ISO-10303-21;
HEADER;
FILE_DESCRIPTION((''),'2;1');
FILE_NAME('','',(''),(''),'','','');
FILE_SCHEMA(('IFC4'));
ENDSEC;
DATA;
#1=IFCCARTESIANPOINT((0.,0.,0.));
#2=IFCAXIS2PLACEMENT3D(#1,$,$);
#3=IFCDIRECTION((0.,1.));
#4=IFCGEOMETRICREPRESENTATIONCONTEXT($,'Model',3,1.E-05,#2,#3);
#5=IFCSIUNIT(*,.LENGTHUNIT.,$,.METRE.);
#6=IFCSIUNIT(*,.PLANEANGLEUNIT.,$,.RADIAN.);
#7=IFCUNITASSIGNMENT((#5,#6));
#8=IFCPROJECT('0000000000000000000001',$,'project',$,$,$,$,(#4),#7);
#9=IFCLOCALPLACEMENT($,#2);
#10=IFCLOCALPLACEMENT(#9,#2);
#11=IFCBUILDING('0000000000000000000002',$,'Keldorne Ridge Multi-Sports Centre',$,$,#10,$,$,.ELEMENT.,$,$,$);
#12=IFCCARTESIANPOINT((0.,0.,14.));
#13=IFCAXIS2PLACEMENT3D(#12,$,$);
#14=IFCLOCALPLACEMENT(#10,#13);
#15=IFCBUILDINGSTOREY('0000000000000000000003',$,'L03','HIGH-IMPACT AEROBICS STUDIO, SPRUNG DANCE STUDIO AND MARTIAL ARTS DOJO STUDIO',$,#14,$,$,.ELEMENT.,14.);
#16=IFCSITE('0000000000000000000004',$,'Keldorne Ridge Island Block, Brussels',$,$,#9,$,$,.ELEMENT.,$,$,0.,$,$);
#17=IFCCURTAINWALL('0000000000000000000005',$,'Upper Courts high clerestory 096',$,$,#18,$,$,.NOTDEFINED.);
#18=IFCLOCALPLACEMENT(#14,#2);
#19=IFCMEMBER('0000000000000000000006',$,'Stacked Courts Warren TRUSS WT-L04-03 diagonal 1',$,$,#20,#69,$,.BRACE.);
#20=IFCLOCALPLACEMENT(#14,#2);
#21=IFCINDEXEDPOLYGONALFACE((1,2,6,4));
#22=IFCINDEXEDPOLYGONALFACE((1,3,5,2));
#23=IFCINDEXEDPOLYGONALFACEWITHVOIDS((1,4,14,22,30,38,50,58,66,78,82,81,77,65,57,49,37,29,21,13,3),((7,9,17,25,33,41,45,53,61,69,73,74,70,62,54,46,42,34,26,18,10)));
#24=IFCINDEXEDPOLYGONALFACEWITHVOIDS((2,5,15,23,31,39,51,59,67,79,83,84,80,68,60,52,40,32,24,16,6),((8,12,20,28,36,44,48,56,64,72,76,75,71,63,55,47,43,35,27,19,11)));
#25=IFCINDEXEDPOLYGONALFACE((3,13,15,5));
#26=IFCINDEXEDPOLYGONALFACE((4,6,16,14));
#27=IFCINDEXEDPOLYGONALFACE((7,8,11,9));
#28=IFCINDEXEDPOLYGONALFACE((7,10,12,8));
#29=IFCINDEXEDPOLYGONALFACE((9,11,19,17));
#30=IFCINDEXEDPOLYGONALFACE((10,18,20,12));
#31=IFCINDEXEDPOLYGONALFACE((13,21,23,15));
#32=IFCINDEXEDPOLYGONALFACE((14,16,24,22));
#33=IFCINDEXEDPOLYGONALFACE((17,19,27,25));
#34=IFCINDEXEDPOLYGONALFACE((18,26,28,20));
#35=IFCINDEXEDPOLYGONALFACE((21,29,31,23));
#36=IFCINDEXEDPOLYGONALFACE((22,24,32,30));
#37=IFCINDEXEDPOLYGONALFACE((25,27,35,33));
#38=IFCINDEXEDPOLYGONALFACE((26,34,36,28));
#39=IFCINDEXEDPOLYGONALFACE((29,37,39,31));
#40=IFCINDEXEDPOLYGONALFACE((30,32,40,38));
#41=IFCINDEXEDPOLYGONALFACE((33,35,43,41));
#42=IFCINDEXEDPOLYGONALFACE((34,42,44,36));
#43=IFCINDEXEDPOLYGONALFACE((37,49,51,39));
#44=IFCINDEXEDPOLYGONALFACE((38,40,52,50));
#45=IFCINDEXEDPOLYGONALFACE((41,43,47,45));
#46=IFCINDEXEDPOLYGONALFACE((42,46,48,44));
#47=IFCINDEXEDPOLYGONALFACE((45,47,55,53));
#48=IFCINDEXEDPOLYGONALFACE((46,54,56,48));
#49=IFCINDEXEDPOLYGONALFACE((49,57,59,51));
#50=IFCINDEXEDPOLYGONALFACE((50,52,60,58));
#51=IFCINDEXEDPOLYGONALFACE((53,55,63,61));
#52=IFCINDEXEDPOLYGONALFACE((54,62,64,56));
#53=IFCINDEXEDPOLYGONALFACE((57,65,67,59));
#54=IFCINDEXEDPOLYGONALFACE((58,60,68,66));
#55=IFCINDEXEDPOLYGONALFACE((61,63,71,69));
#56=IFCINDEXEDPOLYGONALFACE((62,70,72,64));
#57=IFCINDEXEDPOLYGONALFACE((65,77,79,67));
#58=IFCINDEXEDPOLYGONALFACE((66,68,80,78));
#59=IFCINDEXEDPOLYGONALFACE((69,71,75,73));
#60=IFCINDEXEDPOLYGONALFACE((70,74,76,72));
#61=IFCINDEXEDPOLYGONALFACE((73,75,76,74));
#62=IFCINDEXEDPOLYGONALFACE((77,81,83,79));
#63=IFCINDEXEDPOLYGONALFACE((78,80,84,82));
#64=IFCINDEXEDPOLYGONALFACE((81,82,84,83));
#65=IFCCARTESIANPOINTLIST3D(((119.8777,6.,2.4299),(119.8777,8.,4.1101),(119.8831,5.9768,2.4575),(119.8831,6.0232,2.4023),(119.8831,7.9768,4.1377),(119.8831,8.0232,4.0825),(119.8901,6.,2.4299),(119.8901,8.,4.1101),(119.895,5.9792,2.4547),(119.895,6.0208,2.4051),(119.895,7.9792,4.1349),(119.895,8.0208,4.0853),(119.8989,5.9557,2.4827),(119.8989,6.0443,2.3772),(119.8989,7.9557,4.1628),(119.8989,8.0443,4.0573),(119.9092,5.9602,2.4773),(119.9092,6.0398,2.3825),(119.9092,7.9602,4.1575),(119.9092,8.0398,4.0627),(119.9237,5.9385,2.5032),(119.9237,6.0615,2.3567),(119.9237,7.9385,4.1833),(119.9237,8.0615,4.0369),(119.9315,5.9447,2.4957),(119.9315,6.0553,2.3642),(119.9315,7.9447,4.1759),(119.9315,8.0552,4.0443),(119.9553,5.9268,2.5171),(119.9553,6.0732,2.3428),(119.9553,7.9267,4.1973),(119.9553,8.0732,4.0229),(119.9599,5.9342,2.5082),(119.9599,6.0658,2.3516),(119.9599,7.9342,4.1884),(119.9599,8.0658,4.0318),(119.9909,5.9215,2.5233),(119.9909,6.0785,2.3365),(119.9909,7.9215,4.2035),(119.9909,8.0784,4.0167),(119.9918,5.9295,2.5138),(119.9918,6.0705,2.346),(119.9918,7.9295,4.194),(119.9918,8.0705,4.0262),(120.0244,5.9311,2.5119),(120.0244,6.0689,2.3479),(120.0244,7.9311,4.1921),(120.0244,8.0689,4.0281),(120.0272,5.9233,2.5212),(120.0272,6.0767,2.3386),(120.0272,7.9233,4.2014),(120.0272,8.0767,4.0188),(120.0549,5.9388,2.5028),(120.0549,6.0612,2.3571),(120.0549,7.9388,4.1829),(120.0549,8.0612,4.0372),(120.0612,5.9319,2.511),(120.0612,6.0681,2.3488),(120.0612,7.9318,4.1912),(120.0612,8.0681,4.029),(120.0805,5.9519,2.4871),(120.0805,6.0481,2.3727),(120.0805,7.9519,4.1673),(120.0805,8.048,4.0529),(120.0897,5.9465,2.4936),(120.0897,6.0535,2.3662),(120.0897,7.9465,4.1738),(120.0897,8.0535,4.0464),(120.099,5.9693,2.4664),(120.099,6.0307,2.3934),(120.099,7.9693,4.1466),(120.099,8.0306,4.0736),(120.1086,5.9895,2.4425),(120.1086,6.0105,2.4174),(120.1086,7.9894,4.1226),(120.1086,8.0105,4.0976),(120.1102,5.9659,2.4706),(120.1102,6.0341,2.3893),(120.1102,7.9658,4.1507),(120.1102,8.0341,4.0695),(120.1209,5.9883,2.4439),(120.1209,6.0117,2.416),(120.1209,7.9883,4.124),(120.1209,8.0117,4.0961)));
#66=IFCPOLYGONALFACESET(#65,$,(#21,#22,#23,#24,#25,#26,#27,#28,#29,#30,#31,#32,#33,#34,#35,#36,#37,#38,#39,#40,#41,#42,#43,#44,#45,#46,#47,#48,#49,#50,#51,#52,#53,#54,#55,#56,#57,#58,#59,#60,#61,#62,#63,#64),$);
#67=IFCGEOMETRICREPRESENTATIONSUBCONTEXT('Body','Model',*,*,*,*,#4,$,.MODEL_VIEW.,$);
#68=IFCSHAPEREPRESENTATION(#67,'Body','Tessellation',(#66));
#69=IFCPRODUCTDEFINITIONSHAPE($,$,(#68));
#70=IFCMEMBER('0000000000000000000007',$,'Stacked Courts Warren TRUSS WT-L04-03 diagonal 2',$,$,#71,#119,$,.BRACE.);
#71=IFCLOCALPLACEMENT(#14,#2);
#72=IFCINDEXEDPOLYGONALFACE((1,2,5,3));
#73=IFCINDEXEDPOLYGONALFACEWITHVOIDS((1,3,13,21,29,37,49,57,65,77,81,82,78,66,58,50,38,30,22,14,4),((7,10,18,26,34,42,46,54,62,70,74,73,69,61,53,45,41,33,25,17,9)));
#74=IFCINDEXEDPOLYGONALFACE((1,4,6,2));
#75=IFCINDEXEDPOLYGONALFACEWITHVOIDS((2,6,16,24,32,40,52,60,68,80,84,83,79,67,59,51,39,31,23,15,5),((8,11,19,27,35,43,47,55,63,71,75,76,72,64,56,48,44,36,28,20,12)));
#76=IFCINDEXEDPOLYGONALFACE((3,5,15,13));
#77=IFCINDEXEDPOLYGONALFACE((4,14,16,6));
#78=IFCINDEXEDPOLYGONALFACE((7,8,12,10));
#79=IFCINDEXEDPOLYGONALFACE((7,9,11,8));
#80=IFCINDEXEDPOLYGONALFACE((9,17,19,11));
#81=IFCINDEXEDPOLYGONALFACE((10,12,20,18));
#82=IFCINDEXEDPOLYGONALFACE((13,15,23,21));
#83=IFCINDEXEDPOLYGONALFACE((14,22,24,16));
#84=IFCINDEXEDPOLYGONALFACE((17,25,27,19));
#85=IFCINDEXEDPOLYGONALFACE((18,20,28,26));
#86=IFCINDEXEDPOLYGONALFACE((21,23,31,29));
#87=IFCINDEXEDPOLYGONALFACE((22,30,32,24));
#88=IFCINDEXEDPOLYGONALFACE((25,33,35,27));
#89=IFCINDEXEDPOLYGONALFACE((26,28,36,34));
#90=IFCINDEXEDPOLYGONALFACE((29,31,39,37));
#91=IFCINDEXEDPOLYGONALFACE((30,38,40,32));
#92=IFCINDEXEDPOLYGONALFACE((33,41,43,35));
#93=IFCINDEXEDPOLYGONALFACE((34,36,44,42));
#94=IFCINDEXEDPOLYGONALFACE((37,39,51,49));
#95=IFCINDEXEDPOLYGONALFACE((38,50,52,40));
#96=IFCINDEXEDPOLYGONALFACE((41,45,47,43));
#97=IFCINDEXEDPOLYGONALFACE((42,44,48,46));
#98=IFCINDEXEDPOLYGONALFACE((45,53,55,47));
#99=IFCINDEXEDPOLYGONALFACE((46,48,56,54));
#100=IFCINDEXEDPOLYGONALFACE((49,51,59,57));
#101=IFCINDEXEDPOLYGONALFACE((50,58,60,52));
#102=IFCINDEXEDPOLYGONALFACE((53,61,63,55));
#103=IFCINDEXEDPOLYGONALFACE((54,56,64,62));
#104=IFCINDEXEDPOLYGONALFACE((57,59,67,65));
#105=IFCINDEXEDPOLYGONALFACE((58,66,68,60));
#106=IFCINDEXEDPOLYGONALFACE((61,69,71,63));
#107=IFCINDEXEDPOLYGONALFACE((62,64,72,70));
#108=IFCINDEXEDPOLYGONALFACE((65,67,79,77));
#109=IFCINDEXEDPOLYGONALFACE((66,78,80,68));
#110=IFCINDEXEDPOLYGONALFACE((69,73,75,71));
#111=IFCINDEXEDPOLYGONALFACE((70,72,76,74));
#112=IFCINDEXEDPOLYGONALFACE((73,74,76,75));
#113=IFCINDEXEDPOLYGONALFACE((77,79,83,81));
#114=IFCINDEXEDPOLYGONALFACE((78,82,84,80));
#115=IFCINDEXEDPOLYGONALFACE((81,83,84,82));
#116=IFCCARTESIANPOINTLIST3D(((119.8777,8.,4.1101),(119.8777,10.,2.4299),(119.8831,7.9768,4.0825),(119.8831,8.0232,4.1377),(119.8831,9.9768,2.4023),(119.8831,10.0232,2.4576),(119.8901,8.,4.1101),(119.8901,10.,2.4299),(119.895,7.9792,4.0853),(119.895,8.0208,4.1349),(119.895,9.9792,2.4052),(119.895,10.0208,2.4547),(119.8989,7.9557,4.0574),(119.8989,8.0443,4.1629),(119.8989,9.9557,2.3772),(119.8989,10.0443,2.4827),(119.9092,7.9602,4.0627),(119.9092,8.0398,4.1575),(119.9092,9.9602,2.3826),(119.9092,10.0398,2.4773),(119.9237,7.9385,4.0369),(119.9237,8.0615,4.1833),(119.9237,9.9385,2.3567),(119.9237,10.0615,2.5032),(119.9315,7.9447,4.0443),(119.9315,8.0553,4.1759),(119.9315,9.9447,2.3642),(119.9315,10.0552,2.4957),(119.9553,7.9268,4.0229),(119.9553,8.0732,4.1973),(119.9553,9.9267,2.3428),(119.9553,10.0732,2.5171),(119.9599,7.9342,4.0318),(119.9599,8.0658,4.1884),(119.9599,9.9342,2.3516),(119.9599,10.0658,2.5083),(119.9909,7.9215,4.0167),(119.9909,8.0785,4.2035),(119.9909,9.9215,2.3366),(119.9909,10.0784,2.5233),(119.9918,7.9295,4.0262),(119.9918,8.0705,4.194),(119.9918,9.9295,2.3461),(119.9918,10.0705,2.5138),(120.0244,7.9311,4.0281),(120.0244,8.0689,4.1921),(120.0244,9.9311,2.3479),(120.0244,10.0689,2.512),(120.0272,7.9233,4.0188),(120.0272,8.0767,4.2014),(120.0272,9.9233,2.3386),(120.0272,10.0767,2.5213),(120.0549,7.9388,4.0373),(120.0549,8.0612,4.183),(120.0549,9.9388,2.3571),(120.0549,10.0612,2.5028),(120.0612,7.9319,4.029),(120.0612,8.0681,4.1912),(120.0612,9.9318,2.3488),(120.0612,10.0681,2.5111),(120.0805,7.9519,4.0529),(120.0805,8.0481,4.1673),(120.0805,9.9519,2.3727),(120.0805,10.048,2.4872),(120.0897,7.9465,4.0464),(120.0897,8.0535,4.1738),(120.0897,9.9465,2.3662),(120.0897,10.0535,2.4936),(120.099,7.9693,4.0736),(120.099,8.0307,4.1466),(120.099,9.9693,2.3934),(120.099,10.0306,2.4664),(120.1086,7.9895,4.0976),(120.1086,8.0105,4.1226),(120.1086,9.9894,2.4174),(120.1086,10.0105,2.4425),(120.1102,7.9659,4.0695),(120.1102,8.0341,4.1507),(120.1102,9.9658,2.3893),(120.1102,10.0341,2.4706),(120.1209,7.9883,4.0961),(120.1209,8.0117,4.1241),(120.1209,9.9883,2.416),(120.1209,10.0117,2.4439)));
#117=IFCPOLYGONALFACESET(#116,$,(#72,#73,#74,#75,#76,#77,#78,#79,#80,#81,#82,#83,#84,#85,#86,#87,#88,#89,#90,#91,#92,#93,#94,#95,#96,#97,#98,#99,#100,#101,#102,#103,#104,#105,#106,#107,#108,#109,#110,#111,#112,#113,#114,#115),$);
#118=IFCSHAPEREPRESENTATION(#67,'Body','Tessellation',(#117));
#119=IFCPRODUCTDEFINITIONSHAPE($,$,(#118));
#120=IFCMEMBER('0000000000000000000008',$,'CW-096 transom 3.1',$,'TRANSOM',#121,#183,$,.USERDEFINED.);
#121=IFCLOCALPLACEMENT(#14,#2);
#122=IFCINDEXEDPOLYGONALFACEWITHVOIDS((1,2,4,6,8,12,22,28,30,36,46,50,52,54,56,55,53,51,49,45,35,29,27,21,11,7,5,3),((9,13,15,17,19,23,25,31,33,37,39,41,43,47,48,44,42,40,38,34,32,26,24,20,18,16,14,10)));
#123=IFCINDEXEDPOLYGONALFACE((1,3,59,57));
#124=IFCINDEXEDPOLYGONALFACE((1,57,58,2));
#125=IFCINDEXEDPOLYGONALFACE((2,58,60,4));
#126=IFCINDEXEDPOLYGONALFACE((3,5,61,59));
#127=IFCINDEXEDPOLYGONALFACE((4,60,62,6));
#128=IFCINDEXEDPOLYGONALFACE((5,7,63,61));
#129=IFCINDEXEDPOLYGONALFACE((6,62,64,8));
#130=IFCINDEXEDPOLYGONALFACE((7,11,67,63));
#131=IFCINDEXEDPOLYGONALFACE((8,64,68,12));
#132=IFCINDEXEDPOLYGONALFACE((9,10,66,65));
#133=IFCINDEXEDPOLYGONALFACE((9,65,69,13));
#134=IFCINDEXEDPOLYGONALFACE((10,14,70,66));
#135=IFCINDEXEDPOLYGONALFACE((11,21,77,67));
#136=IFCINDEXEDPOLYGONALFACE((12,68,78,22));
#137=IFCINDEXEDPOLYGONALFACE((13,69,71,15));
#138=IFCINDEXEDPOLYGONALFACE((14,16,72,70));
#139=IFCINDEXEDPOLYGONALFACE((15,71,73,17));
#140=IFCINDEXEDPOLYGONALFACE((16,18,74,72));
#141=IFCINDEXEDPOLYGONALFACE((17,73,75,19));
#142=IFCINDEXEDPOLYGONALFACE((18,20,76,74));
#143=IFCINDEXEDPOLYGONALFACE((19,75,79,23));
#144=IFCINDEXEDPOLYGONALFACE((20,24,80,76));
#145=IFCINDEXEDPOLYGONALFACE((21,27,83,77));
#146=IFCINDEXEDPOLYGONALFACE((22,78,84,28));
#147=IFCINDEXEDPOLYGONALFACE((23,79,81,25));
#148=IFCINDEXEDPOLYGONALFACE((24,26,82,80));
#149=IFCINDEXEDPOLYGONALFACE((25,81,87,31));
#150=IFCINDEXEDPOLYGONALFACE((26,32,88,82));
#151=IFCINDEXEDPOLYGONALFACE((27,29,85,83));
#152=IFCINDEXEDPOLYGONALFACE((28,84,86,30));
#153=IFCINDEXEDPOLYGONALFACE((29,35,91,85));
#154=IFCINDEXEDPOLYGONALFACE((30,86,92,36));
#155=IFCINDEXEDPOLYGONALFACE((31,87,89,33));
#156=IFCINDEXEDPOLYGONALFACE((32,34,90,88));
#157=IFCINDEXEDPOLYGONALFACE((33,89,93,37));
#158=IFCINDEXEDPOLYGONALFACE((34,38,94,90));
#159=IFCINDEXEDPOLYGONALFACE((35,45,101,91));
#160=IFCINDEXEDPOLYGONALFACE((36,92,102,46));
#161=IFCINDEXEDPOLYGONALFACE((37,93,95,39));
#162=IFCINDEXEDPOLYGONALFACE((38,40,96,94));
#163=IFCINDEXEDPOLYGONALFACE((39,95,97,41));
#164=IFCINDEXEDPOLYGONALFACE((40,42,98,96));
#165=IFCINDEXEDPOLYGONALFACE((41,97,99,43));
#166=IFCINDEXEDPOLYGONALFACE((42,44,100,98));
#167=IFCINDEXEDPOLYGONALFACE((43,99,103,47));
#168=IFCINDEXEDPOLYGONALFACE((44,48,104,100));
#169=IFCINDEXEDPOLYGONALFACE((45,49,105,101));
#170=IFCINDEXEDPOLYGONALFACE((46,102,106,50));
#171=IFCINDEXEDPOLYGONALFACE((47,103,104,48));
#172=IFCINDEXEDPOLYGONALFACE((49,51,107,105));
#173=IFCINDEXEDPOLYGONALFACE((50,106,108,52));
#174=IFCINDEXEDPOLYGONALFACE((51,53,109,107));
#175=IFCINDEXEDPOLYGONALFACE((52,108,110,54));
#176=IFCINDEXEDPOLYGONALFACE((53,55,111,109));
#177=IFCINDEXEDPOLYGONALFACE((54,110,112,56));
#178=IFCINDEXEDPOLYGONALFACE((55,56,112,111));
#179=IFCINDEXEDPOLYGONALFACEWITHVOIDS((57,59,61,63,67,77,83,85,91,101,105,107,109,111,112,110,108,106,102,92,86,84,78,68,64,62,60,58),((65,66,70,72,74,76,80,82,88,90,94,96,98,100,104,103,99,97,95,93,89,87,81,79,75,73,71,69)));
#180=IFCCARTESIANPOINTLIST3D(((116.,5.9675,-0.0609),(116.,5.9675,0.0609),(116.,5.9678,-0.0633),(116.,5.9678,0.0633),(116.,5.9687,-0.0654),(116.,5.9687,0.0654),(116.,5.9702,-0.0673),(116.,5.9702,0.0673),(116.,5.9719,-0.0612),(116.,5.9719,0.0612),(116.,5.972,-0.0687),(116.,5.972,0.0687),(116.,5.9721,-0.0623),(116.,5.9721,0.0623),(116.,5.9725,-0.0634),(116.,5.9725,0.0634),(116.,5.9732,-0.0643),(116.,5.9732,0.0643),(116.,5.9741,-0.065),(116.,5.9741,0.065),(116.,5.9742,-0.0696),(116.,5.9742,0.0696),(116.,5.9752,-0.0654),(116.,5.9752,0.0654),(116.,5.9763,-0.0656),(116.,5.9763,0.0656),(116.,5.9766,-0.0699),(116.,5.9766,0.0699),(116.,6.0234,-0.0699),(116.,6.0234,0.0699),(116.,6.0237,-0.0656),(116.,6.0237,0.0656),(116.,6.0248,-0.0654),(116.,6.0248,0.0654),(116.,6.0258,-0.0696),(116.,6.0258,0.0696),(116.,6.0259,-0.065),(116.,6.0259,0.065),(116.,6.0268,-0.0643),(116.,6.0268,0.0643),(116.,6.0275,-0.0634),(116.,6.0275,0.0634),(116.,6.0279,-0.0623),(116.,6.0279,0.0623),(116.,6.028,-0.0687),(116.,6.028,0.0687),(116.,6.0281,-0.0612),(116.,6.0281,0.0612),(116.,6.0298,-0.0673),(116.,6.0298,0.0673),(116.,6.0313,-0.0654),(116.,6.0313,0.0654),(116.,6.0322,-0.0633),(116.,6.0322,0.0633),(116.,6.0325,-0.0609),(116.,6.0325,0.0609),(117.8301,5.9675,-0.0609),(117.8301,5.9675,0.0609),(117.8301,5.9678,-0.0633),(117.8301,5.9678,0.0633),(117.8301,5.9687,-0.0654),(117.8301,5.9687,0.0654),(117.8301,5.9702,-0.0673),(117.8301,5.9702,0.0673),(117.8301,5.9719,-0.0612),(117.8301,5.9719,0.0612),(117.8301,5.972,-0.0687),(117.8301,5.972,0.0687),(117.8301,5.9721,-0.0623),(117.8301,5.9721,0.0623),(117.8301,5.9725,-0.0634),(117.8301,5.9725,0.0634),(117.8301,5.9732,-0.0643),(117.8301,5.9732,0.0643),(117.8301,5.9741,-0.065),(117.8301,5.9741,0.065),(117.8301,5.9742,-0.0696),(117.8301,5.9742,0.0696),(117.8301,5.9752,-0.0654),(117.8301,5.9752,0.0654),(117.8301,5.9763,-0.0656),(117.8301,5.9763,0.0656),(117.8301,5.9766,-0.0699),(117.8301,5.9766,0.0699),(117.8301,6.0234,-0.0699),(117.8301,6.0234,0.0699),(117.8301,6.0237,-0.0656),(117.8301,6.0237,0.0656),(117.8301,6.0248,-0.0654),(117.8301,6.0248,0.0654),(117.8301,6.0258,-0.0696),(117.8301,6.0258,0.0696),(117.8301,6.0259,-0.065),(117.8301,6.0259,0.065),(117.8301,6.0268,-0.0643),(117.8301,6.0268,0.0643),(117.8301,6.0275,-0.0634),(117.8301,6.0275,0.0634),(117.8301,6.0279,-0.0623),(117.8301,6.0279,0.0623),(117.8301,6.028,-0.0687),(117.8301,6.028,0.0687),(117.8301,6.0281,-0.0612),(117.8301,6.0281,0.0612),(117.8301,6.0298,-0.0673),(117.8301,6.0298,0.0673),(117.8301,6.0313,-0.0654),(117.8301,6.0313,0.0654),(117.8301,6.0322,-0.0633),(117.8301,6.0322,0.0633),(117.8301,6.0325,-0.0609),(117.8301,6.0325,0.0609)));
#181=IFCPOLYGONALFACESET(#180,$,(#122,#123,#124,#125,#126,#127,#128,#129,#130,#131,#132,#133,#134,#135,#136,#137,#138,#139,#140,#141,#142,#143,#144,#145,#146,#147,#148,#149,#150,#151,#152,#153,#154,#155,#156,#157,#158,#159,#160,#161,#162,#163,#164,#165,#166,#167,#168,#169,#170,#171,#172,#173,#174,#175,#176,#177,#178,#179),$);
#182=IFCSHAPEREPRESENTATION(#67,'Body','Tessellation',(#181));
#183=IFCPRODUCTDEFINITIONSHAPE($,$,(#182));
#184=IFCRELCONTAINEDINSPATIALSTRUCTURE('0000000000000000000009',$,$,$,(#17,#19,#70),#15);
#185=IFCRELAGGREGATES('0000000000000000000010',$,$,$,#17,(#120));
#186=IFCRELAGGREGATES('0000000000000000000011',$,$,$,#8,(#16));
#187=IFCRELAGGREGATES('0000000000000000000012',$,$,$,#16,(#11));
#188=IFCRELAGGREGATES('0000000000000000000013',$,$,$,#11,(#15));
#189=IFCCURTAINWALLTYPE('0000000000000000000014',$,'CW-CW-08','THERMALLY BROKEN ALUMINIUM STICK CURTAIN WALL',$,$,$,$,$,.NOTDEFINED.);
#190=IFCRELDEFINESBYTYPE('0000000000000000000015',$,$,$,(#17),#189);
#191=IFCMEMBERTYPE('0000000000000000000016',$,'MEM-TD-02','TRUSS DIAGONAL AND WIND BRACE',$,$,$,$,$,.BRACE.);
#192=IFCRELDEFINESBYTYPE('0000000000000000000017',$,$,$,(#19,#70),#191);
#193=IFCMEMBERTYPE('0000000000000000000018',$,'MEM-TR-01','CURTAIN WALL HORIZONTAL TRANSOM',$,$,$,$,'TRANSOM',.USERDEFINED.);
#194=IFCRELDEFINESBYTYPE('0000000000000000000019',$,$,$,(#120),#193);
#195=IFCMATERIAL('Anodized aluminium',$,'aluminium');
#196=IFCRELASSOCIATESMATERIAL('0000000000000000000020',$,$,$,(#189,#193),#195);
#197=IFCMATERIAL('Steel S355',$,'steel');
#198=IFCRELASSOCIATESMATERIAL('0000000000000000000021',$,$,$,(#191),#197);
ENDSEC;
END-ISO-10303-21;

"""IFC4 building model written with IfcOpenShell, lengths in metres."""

from ifc_helpers import new_model, si_unit, direction, frame, origin, origin_2d, place, context, subcontext, project, spatial, hollow_rectangle, hollow_circle, extrude, material, material_profile, profile_set, type_object, element, aggregate, save


model = new_model("IFC4")

# Units and contexts
model_context = context("Model", 3, precision=1e-05, world=origin(), true_north=direction((0.0, 1.0)))
body_context = subcontext(model_context, "Body", "Model", "MODEL_VIEW")
ifc_project = project(units=[si_unit("LENGTHUNIT", "METRE"), si_unit("PLANEANGLEUNIT", "RADIAN")], contexts=[model_context])

# Site, building, storey
site_placement = place(None, origin())
site = spatial("IfcSite", under=ifc_project, at=site_placement, Name="Keldorne Ridge Island Block, Brussels", CompositionType="ELEMENT", RefElevation=0.0)
building_placement = place(site_placement, origin())
building = spatial("IfcBuilding", under=site, at=building_placement, Name="Keldorne Ridge Multi-Sports Centre", CompositionType="ELEMENT")
storey_placement = place(building_placement, frame((0.0, 0.0, 14.0)))
storey = spatial("IfcBuildingStorey", under=building, at=storey_placement, Name="L03", Description="HIGH-IMPACT AEROBICS STUDIO, SPRUNG DANCE STUDIO AND MARTIAL ARTS DOJO STUDIO", CompositionType="ELEMENT", Elevation=14.0)

# Shared definitions
ifc_material_1 = material(Name="Steel S355", Category="steel")

# Curtain wall
ifc_material_2 = material(Name="Anodized aluminium", Category="aluminium")
curtain_wall_type = type_object("IfcCurtainWallType", Name="CW-CW-08", Description="THERMALLY BROKEN ALUMINIUM STICK CURTAIN WALL", PredefinedType="NOTDEFINED", material=ifc_material_2)
curtain_wall_placement = place(storey_placement, origin())
curtain_wall = element("IfcCurtainWall", 1, at=curtain_wall_placement, inside=storey, type_object=curtain_wall_type, Name="Upper Courts high clerestory 096", PredefinedType="NOTDEFINED")

# Members
ifc_material_profile_1 = material_profile(ifc_material_1, hollow_circle(Radius=0.1223, WallThickness=0.0125, at=origin_2d()), Name="CHS 244.5x12.5")
ifc_profile_set_1 = profile_set([ifc_material_profile_1], Name="Steel S355")
member_type_1 = type_object("IfcMemberType", Name="MEM-TD-02", Description="TRUSS DIAGONAL AND WIND BRACE", PredefinedType="BRACE", material=ifc_profile_set_1)
for number, where, z_axis, x_axis, name in (
    (2, (120.0, 6.0, 2.4299), (0.0, 0.765672, 0.643232), (-1.0, 0.0, 0.0), "Stacked Courts Warren TRUSS WT-L04-03 diagonal 1"),
    (3, (120.0, 8.0, 4.1101), (0.0, 0.765672, -0.643232), (-1.0, 0.0, 0.0), "Stacked Courts Warren TRUSS WT-L04-03 diagonal 2"),
):
    element("IfcMember", number, at=place(storey_placement, frame(where, z_axis=z_axis, x_axis=x_axis)), inside=storey, type_object=member_type_1, Name=name, PredefinedType="BRACE", context=body_context, shape_type="SweptSolid", body=[
        extrude(hollow_circle(Radius=0.1223, WallThickness=0.0125, at=origin_2d()), origin(), (0.0, 0.0, 1.0), 2.6121),
    ])

# Member
ifc_material_profile_2 = material_profile(ifc_material_2, hollow_rectangle(XDim=0.0649, YDim=0.1399, WallThickness=0.0044, InnerFilletRadius=0.0044, OuterFilletRadius=0.009, at=origin_2d()), Name="ALU TRANSOM 140x65x4.5")
ifc_profile_set_2 = profile_set([ifc_material_profile_2], Name="Anodized aluminium")
member_type_2 = type_object("IfcMemberType", Name="MEM-TR-01", Description="CURTAIN WALL HORIZONTAL TRANSOM", ElementType="TRANSOM", PredefinedType="USERDEFINED", material=ifc_profile_set_2)
member_1_placement = place(storey_placement, frame((116.0, 6.0, 0.0), z_axis=(1.0, 0.0, 0.0), x_axis=(0.0, 1.0, 0.0)))
member_1 = element("IfcMember", 4, at=member_1_placement, type_object=member_type_2, Name="CW-096 transom 3.1", ObjectType="TRANSOM", PredefinedType="USERDEFINED", context=body_context, shape_type="SweptSolid", body=[
    extrude(hollow_rectangle(XDim=0.0649, YDim=0.1399, WallThickness=0.0044, InnerFilletRadius=0.0044, OuterFilletRadius=0.009, at=origin_2d()), origin(), (0.0, 0.0, 1.0), 1.8301),
])

aggregate(curtain_wall, [member_1])

save(model, "model.ifc")
